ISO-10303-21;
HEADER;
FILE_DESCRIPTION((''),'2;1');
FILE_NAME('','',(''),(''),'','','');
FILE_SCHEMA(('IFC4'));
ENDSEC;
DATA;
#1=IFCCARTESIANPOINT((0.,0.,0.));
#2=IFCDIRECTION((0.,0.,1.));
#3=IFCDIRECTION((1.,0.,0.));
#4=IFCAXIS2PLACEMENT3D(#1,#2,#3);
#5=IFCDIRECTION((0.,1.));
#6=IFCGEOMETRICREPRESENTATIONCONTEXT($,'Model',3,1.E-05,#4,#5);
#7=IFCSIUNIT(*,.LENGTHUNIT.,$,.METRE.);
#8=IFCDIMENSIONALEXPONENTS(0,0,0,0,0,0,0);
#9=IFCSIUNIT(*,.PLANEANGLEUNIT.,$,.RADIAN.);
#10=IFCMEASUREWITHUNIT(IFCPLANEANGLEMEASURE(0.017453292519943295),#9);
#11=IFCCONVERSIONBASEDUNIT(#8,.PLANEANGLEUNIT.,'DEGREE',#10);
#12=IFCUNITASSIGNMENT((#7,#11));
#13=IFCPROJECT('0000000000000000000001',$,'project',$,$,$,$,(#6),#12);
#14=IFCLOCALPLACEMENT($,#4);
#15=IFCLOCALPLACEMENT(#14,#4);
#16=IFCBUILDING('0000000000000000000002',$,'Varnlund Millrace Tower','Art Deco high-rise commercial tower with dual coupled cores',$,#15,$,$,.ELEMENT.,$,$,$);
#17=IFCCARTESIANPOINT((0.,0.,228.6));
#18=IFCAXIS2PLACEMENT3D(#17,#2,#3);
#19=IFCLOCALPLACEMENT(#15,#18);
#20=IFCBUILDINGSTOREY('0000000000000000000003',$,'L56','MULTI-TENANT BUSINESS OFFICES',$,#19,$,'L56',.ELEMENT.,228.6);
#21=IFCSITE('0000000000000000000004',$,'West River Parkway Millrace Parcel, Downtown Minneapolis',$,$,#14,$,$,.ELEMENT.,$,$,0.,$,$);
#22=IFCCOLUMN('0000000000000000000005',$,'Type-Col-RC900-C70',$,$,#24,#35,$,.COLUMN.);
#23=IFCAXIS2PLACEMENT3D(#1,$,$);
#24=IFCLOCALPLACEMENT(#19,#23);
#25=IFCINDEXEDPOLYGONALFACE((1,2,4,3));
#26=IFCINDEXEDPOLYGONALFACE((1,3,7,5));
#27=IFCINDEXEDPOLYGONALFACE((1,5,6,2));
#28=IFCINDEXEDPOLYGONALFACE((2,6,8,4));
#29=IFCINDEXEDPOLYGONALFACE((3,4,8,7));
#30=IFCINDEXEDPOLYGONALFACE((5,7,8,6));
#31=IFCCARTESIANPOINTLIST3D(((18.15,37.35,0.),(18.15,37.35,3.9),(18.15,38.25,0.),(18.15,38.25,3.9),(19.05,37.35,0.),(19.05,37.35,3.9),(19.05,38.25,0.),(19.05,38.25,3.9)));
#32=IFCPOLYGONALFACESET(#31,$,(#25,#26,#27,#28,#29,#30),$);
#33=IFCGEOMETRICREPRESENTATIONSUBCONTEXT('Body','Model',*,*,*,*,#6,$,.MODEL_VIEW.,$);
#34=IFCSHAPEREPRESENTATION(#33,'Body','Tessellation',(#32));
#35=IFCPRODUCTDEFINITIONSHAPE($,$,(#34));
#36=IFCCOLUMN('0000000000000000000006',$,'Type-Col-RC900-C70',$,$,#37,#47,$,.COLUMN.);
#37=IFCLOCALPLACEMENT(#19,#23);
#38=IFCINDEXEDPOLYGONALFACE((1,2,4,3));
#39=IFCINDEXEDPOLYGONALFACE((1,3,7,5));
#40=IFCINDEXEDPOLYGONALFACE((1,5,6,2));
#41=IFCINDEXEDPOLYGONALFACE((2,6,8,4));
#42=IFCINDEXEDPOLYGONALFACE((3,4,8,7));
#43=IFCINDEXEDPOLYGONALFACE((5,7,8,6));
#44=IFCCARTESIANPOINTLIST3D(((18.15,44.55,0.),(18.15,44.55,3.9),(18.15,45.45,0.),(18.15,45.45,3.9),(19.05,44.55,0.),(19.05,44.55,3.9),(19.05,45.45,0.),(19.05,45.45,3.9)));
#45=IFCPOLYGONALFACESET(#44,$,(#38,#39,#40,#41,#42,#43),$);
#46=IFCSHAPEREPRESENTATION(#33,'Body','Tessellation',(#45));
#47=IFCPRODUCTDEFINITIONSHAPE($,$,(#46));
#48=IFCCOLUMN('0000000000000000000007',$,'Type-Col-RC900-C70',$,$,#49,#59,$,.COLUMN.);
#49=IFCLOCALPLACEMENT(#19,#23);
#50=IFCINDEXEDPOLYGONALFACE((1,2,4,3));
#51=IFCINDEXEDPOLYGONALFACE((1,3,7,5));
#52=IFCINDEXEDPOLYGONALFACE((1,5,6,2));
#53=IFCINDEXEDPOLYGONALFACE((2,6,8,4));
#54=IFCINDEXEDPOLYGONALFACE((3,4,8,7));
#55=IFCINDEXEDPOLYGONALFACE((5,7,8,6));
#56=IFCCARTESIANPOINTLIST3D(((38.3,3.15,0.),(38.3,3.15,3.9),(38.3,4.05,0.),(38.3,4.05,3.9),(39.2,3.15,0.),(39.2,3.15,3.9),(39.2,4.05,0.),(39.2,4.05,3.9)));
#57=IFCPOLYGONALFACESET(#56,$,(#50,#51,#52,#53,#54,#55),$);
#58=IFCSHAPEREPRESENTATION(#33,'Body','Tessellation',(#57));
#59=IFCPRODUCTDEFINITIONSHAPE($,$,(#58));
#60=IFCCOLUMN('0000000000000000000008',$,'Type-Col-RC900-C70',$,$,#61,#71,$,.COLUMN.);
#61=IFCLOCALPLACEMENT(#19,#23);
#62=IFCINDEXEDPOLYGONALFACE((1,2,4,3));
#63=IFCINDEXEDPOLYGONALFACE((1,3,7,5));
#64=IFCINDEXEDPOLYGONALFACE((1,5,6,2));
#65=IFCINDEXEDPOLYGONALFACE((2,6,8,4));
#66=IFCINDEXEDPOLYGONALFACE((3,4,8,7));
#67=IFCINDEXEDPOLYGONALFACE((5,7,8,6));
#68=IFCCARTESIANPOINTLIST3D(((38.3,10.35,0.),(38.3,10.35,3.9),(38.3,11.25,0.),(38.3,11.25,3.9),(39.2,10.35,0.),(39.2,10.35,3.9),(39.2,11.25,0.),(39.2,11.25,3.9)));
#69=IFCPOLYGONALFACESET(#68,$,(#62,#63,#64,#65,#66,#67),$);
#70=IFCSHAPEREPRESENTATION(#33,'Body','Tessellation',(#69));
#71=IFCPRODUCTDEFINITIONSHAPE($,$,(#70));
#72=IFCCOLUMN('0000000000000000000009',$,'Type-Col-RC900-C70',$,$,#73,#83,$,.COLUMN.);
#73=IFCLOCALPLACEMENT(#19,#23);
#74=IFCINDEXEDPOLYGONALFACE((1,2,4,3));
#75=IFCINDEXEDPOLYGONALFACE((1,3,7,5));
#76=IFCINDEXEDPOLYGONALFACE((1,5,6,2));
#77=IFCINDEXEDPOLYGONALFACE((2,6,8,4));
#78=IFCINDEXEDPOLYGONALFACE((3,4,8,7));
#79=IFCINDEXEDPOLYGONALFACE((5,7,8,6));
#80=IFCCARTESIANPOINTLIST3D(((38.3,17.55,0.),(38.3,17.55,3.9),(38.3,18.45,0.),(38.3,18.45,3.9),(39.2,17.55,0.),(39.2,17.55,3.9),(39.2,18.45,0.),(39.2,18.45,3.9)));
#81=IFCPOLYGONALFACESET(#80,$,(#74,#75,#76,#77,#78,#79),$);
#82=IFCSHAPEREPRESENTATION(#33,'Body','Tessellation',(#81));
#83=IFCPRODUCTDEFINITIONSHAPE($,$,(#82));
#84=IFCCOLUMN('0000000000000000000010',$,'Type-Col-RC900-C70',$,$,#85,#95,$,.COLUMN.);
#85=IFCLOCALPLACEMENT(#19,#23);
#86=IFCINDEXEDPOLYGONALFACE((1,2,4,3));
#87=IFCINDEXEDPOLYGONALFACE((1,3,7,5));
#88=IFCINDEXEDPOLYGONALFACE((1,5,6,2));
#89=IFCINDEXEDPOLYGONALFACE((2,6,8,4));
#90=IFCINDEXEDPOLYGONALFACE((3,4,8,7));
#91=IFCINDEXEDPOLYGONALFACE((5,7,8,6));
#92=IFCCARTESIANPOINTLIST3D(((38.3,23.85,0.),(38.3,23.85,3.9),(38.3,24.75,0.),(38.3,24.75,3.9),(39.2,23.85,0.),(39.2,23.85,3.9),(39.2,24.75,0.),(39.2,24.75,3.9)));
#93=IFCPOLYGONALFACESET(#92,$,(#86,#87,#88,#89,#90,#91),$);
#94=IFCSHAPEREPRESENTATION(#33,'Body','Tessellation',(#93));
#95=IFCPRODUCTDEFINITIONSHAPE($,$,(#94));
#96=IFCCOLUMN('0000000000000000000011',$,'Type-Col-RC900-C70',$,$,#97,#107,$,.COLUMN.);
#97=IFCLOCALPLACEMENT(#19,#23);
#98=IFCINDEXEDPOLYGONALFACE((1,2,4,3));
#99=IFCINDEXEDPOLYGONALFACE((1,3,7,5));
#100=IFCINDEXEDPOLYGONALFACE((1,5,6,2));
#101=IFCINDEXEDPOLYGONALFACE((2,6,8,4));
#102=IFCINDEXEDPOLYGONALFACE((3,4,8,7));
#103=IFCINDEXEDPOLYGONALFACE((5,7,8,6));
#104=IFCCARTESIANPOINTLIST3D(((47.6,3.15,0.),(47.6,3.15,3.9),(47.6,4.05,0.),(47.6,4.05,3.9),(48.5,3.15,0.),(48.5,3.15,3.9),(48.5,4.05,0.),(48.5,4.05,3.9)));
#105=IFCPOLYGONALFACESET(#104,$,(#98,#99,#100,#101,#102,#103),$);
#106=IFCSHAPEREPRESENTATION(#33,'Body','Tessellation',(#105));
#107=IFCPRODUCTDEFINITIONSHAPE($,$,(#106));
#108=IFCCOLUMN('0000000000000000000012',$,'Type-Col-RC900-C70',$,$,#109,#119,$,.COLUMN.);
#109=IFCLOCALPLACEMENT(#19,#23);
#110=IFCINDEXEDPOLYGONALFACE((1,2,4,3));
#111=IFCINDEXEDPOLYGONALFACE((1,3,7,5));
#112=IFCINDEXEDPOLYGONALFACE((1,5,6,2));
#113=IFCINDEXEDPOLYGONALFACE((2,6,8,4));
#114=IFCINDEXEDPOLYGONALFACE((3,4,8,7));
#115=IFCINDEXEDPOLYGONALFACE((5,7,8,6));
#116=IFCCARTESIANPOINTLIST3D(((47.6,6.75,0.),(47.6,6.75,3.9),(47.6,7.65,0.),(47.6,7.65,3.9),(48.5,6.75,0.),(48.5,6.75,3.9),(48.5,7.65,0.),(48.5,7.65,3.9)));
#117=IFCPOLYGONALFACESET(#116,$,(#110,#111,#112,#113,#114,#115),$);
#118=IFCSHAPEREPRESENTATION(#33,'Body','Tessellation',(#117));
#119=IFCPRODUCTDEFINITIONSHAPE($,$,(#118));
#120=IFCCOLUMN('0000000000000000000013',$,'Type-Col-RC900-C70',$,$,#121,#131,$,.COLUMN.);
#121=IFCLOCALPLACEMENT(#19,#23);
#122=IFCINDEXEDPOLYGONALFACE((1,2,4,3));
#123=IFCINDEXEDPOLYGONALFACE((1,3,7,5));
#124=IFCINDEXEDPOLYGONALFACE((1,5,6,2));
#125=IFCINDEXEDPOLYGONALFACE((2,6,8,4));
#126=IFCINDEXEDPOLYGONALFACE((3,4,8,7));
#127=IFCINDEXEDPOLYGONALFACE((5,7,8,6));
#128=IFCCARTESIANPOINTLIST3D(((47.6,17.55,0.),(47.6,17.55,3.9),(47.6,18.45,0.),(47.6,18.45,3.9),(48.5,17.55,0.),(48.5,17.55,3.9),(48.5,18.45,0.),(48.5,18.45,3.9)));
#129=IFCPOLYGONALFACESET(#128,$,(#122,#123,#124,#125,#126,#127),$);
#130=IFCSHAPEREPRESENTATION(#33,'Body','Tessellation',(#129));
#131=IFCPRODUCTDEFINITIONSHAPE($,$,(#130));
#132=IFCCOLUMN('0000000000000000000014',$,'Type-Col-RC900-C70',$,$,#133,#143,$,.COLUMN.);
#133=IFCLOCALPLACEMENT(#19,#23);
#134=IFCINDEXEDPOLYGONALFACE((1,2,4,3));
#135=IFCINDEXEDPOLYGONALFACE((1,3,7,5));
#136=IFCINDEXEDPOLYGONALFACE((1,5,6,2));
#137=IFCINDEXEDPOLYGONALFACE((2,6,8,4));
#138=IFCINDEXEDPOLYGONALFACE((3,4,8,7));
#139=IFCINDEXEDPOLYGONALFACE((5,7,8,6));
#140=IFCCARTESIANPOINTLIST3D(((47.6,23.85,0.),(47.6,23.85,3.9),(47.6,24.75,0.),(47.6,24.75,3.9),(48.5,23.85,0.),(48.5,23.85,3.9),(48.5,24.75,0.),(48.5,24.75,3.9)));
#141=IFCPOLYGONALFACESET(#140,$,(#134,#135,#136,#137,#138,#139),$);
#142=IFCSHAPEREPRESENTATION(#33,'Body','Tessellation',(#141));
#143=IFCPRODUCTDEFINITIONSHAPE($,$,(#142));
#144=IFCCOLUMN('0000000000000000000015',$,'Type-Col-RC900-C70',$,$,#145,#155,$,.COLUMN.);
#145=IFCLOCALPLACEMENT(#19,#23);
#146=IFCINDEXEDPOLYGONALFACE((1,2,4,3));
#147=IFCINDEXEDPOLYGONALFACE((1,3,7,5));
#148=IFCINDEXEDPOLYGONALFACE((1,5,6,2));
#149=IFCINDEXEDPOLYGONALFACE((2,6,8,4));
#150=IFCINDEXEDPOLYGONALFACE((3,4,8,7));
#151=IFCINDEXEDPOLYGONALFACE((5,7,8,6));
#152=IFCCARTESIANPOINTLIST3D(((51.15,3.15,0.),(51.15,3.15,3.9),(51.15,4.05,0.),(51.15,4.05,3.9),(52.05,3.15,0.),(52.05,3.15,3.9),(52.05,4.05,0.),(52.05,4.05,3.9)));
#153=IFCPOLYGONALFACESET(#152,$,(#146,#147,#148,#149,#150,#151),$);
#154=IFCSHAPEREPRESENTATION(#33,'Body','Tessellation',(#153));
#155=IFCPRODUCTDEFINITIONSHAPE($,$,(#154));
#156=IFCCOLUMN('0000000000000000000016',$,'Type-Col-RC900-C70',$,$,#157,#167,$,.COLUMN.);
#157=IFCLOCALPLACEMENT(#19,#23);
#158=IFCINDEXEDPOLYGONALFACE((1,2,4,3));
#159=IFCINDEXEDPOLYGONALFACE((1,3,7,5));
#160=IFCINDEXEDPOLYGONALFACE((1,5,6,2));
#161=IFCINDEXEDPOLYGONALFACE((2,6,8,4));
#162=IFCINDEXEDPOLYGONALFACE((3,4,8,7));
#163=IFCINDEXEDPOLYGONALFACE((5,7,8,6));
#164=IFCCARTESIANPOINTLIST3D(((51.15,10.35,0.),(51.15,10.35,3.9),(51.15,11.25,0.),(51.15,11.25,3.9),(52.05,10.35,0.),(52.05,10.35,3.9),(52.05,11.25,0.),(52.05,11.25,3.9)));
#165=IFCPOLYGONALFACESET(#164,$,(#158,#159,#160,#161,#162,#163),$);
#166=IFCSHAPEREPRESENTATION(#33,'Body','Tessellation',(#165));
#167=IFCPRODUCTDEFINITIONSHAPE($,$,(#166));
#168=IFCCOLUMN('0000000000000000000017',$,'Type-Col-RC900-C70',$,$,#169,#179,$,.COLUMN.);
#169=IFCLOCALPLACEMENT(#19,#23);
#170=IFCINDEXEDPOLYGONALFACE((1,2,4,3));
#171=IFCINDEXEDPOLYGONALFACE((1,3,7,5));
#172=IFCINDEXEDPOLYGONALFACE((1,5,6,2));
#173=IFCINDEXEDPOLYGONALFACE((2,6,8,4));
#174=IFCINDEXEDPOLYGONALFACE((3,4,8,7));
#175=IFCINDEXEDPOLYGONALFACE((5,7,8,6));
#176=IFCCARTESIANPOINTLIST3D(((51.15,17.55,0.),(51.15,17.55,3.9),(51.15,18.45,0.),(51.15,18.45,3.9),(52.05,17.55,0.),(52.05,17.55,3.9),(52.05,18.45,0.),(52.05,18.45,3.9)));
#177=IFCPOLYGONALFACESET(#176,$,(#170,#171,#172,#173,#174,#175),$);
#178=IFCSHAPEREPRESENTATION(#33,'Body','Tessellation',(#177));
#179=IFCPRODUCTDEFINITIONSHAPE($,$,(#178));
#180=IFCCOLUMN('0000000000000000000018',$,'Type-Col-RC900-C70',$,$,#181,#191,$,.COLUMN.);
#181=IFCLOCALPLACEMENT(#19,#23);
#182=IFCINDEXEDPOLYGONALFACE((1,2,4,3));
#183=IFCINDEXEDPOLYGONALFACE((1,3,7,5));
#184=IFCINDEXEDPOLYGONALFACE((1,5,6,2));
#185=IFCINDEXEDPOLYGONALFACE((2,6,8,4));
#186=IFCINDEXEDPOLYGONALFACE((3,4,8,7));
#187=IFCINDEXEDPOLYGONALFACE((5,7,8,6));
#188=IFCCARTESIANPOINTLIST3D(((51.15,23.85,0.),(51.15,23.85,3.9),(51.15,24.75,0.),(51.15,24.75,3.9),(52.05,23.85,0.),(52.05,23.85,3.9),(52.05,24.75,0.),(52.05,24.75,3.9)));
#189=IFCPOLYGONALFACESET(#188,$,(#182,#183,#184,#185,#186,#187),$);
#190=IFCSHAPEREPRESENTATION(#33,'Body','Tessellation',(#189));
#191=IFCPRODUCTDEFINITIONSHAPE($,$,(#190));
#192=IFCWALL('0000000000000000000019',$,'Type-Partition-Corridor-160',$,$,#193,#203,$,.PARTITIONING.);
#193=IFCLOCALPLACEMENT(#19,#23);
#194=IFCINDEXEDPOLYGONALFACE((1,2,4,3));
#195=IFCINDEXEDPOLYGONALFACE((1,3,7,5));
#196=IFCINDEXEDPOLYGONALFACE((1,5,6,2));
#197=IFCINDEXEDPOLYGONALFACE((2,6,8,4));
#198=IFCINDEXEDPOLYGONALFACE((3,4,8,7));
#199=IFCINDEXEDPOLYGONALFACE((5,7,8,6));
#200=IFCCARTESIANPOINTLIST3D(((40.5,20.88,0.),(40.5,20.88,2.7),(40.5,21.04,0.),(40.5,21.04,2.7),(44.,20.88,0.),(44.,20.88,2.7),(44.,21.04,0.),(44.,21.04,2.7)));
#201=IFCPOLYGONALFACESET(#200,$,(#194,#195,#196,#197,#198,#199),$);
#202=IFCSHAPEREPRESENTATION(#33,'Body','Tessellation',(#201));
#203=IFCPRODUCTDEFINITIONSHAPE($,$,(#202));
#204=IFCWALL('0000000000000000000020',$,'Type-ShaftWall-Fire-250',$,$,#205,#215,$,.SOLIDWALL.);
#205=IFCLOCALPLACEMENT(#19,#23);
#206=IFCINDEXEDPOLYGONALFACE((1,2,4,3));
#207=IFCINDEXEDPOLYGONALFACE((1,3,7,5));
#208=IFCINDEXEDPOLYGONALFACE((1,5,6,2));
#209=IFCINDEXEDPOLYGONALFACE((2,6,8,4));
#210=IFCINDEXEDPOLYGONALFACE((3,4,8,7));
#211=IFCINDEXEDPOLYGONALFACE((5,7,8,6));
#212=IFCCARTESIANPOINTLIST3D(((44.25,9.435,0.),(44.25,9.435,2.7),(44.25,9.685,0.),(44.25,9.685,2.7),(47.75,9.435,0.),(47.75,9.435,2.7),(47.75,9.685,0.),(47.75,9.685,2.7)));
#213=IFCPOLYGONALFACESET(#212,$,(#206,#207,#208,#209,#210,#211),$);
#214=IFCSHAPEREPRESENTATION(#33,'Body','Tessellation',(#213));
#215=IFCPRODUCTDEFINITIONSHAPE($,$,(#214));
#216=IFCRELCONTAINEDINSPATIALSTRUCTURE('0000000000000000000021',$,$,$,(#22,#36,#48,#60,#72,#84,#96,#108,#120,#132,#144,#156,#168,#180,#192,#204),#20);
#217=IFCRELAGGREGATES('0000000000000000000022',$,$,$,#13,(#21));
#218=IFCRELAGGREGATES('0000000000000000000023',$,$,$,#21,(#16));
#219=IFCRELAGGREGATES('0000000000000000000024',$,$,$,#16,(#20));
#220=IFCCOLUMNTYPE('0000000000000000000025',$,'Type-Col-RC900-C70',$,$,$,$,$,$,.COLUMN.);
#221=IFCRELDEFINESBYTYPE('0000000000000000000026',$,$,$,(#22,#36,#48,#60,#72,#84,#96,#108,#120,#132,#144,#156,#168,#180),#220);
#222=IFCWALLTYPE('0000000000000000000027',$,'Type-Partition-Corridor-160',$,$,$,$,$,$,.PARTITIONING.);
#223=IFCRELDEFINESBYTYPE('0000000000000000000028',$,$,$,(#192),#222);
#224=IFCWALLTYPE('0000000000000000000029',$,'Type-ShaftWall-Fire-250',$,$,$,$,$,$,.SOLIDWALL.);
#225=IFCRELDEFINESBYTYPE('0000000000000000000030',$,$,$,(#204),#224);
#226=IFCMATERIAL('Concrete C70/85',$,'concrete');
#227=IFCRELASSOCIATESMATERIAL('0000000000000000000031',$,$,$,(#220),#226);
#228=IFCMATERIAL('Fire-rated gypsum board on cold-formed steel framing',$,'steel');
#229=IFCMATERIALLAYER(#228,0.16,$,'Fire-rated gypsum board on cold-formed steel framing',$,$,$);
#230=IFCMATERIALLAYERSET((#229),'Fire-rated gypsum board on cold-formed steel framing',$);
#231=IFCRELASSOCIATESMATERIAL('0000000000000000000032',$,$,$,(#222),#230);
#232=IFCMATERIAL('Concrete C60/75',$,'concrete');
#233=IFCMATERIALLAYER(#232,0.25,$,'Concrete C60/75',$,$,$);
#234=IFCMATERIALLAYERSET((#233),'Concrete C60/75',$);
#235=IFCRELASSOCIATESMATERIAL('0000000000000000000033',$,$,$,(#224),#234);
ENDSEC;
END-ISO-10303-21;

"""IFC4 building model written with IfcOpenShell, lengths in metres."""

from ifc_helpers import new_model, entity, si_unit, converted_unit, direction, frame, origin_with_axes, origin_2d_with_axis, place, context, subcontext, project, spatial, polyline, rectangle, outline, extrude, material, layer, layer_set, material_profile, profile_set, type_object, element, save


model = new_model("IFC4")

# Units and contexts
model_context = context("Model", 3, precision=1e-05, world=origin_with_axes(), true_north=direction((0.0, 1.0)))
body_context = subcontext(model_context, "Body", "Model", "MODEL_VIEW")
ifc_project = project(units=[si_unit("LENGTHUNIT", "METRE"), converted_unit("PLANEANGLEUNIT", "DEGREE", entity("IfcPlaneAngleMeasure", 0.017453292519943295), si_unit("PLANEANGLEUNIT", "RADIAN"), dimensions=[0, 0, 0, 0, 0, 0, 0])], contexts=[model_context])

# Site, building, storey
site_placement = place(None, origin_with_axes())
site = spatial("IfcSite", under=ifc_project, at=site_placement, Name="West River Parkway Millrace Parcel, Downtown Minneapolis", CompositionType="ELEMENT", RefElevation=0.0)
building_placement = place(site_placement, origin_with_axes())
building = spatial("IfcBuilding", under=site, at=building_placement, Name="Varnlund Millrace Tower", Description="Art Deco high-rise commercial tower with dual coupled cores", CompositionType="ELEMENT")
storey_placement = place(building_placement, frame((0.0, 0.0, 228.6), z_axis=(0.0, 0.0, 1.0), x_axis=(1.0, 0.0, 0.0)))
storey = spatial("IfcBuildingStorey", under=building, at=storey_placement, Name="L56", Description="MULTI-TENANT BUSINESS OFFICES", LongName="L56", CompositionType="ELEMENT", Elevation=228.6)

# Columns
ifc_material_1 = material(Name="Concrete C70/85", Category="concrete")
ifc_material_profile_1 = material_profile(ifc_material_1, rectangle(XDim=0.9, YDim=0.9, at=origin_2d_with_axis()), Name="Concrete C70/85")
ifc_profile_set_1 = profile_set([ifc_material_profile_1], Name="Concrete C70/85")
column_type_1 = type_object("IfcColumnType", Name="Type-Col-RC900-C70", PredefinedType="COLUMN", material=ifc_profile_set_1)
for number, where, z_axis, x_axis, name in (
    (1, (18.6, 37.8, 0.0), (0.0, 0.0, 1.0), (1.0, 0.0, 0.0), "Type-Col-RC900-C70"),
    (2, (18.6, 45.0, 0.0), (0.0, 0.0, 1.0), (1.0, 0.0, 0.0), "Type-Col-RC900-C70"),
    (3, (38.75, 3.6, 0.0), (0.0, 0.0, 1.0), (1.0, 0.0, 0.0), "Type-Col-RC900-C70"),
    (4, (38.75, 10.8, 0.0), (0.0, 0.0, 1.0), (1.0, 0.0, 0.0), "Type-Col-RC900-C70"),
    (5, (38.75, 18.0, 0.0), (0.0, 0.0, 1.0), (1.0, 0.0, 0.0), "Type-Col-RC900-C70"),
    (6, (38.75, 24.3, 0.0), (0.0, 0.0, 1.0), (1.0, 0.0, 0.0), "Type-Col-RC900-C70"),
    (7, (48.05, 3.6, 0.0), (0.0, 0.0, 1.0), (1.0, 0.0, 0.0), "Type-Col-RC900-C70"),
    (8, (48.05, 7.2, 0.0), (0.0, 0.0, 1.0), (1.0, 0.0, 0.0), "Type-Col-RC900-C70"),
    (9, (48.05, 18.0, 0.0), (0.0, 0.0, 1.0), (1.0, 0.0, 0.0), "Type-Col-RC900-C70"),
    (10, (48.05, 24.3, 0.0), (0.0, 0.0, 1.0), (1.0, 0.0, 0.0), "Type-Col-RC900-C70"),
    (11, (51.6, 3.6, 0.0), (0.0, 0.0, 1.0), (1.0, 0.0, 0.0), "Type-Col-RC900-C70"),
    (12, (51.6, 10.8, 0.0), (0.0, 0.0, 1.0), (1.0, 0.0, 0.0), "Type-Col-RC900-C70"),
    (13, (51.6, 18.0, 0.0), (0.0, 0.0, 1.0), (1.0, 0.0, 0.0), "Type-Col-RC900-C70"),
    (14, (51.6, 24.3, 0.0), (0.0, 0.0, 1.0), (1.0, 0.0, 0.0), "Type-Col-RC900-C70"),
):
    element("IfcColumn", number, at=place(storey_placement, frame(where, z_axis=z_axis, x_axis=x_axis)), inside=storey, type_object=column_type_1, Name=name, PredefinedType="COLUMN", context=body_context, shape_type="SweptSolid", body=[
        extrude(rectangle(XDim=0.9, YDim=0.9, at=origin_2d_with_axis()), origin_with_axes(), (0.0, 0.0, 1.0), 3.9),
    ])

# Wall
ifc_material_2 = material(Name="Fire-rated gypsum board on cold-formed steel framing", Category="steel")
ifc_layer_1 = layer(ifc_material_2, 0.16, Name="Fire-rated gypsum board on cold-formed steel framing")
ifc_layer_set_1 = layer_set([ifc_layer_1], Name="Fire-rated gypsum board on cold-formed steel framing")
wall_type_1 = type_object("IfcWallType", Name="Type-Partition-Corridor-160", PredefinedType="PARTITIONING", material=ifc_layer_set_1)
wall_1_placement = place(storey_placement, frame((40.5, 20.96, 0.0), z_axis=(0.0, 0.0, 1.0), x_axis=(1.0, 0.0, 0.0)))
element("IfcWall", 15, at=wall_1_placement, inside=storey, type_object=wall_type_1, Name="Type-Partition-Corridor-160", PredefinedType="PARTITIONING", context=body_context, shape_type="SweptSolid", body=[
    extrude(outline(polyline([(0.0, -0.08), (3.5, -0.08), (3.5, 0.08), (0.0, 0.08), (0.0, -0.08)])), origin_with_axes(), (0.0, 0.0, 1.0), 2.7),
])

# Wall
ifc_material_3 = material(Name="Concrete C60/75", Category="concrete")
ifc_layer_2 = layer(ifc_material_3, 0.25, Name="Concrete C60/75")
ifc_layer_set_2 = layer_set([ifc_layer_2], Name="Concrete C60/75")
wall_type_2 = type_object("IfcWallType", Name="Type-ShaftWall-Fire-250", PredefinedType="SOLIDWALL", material=ifc_layer_set_2)
wall_2_placement = place(storey_placement, frame((44.25, 9.56, 0.0), z_axis=(0.0, 0.0, 1.0), x_axis=(1.0, 0.0, 0.0)))
element("IfcWall", 16, at=wall_2_placement, inside=storey, type_object=wall_type_2, Name="Type-ShaftWall-Fire-250", PredefinedType="SOLIDWALL", context=body_context, shape_type="SweptSolid", body=[
    extrude(outline(polyline([(0.0, -0.125), (3.5, -0.125), (3.5, 0.125), (0.0, 0.125), (0.0, -0.125)])), origin_with_axes(), (0.0, 0.0, 1.0), 2.7),
])

save(model, "model.ifc")
